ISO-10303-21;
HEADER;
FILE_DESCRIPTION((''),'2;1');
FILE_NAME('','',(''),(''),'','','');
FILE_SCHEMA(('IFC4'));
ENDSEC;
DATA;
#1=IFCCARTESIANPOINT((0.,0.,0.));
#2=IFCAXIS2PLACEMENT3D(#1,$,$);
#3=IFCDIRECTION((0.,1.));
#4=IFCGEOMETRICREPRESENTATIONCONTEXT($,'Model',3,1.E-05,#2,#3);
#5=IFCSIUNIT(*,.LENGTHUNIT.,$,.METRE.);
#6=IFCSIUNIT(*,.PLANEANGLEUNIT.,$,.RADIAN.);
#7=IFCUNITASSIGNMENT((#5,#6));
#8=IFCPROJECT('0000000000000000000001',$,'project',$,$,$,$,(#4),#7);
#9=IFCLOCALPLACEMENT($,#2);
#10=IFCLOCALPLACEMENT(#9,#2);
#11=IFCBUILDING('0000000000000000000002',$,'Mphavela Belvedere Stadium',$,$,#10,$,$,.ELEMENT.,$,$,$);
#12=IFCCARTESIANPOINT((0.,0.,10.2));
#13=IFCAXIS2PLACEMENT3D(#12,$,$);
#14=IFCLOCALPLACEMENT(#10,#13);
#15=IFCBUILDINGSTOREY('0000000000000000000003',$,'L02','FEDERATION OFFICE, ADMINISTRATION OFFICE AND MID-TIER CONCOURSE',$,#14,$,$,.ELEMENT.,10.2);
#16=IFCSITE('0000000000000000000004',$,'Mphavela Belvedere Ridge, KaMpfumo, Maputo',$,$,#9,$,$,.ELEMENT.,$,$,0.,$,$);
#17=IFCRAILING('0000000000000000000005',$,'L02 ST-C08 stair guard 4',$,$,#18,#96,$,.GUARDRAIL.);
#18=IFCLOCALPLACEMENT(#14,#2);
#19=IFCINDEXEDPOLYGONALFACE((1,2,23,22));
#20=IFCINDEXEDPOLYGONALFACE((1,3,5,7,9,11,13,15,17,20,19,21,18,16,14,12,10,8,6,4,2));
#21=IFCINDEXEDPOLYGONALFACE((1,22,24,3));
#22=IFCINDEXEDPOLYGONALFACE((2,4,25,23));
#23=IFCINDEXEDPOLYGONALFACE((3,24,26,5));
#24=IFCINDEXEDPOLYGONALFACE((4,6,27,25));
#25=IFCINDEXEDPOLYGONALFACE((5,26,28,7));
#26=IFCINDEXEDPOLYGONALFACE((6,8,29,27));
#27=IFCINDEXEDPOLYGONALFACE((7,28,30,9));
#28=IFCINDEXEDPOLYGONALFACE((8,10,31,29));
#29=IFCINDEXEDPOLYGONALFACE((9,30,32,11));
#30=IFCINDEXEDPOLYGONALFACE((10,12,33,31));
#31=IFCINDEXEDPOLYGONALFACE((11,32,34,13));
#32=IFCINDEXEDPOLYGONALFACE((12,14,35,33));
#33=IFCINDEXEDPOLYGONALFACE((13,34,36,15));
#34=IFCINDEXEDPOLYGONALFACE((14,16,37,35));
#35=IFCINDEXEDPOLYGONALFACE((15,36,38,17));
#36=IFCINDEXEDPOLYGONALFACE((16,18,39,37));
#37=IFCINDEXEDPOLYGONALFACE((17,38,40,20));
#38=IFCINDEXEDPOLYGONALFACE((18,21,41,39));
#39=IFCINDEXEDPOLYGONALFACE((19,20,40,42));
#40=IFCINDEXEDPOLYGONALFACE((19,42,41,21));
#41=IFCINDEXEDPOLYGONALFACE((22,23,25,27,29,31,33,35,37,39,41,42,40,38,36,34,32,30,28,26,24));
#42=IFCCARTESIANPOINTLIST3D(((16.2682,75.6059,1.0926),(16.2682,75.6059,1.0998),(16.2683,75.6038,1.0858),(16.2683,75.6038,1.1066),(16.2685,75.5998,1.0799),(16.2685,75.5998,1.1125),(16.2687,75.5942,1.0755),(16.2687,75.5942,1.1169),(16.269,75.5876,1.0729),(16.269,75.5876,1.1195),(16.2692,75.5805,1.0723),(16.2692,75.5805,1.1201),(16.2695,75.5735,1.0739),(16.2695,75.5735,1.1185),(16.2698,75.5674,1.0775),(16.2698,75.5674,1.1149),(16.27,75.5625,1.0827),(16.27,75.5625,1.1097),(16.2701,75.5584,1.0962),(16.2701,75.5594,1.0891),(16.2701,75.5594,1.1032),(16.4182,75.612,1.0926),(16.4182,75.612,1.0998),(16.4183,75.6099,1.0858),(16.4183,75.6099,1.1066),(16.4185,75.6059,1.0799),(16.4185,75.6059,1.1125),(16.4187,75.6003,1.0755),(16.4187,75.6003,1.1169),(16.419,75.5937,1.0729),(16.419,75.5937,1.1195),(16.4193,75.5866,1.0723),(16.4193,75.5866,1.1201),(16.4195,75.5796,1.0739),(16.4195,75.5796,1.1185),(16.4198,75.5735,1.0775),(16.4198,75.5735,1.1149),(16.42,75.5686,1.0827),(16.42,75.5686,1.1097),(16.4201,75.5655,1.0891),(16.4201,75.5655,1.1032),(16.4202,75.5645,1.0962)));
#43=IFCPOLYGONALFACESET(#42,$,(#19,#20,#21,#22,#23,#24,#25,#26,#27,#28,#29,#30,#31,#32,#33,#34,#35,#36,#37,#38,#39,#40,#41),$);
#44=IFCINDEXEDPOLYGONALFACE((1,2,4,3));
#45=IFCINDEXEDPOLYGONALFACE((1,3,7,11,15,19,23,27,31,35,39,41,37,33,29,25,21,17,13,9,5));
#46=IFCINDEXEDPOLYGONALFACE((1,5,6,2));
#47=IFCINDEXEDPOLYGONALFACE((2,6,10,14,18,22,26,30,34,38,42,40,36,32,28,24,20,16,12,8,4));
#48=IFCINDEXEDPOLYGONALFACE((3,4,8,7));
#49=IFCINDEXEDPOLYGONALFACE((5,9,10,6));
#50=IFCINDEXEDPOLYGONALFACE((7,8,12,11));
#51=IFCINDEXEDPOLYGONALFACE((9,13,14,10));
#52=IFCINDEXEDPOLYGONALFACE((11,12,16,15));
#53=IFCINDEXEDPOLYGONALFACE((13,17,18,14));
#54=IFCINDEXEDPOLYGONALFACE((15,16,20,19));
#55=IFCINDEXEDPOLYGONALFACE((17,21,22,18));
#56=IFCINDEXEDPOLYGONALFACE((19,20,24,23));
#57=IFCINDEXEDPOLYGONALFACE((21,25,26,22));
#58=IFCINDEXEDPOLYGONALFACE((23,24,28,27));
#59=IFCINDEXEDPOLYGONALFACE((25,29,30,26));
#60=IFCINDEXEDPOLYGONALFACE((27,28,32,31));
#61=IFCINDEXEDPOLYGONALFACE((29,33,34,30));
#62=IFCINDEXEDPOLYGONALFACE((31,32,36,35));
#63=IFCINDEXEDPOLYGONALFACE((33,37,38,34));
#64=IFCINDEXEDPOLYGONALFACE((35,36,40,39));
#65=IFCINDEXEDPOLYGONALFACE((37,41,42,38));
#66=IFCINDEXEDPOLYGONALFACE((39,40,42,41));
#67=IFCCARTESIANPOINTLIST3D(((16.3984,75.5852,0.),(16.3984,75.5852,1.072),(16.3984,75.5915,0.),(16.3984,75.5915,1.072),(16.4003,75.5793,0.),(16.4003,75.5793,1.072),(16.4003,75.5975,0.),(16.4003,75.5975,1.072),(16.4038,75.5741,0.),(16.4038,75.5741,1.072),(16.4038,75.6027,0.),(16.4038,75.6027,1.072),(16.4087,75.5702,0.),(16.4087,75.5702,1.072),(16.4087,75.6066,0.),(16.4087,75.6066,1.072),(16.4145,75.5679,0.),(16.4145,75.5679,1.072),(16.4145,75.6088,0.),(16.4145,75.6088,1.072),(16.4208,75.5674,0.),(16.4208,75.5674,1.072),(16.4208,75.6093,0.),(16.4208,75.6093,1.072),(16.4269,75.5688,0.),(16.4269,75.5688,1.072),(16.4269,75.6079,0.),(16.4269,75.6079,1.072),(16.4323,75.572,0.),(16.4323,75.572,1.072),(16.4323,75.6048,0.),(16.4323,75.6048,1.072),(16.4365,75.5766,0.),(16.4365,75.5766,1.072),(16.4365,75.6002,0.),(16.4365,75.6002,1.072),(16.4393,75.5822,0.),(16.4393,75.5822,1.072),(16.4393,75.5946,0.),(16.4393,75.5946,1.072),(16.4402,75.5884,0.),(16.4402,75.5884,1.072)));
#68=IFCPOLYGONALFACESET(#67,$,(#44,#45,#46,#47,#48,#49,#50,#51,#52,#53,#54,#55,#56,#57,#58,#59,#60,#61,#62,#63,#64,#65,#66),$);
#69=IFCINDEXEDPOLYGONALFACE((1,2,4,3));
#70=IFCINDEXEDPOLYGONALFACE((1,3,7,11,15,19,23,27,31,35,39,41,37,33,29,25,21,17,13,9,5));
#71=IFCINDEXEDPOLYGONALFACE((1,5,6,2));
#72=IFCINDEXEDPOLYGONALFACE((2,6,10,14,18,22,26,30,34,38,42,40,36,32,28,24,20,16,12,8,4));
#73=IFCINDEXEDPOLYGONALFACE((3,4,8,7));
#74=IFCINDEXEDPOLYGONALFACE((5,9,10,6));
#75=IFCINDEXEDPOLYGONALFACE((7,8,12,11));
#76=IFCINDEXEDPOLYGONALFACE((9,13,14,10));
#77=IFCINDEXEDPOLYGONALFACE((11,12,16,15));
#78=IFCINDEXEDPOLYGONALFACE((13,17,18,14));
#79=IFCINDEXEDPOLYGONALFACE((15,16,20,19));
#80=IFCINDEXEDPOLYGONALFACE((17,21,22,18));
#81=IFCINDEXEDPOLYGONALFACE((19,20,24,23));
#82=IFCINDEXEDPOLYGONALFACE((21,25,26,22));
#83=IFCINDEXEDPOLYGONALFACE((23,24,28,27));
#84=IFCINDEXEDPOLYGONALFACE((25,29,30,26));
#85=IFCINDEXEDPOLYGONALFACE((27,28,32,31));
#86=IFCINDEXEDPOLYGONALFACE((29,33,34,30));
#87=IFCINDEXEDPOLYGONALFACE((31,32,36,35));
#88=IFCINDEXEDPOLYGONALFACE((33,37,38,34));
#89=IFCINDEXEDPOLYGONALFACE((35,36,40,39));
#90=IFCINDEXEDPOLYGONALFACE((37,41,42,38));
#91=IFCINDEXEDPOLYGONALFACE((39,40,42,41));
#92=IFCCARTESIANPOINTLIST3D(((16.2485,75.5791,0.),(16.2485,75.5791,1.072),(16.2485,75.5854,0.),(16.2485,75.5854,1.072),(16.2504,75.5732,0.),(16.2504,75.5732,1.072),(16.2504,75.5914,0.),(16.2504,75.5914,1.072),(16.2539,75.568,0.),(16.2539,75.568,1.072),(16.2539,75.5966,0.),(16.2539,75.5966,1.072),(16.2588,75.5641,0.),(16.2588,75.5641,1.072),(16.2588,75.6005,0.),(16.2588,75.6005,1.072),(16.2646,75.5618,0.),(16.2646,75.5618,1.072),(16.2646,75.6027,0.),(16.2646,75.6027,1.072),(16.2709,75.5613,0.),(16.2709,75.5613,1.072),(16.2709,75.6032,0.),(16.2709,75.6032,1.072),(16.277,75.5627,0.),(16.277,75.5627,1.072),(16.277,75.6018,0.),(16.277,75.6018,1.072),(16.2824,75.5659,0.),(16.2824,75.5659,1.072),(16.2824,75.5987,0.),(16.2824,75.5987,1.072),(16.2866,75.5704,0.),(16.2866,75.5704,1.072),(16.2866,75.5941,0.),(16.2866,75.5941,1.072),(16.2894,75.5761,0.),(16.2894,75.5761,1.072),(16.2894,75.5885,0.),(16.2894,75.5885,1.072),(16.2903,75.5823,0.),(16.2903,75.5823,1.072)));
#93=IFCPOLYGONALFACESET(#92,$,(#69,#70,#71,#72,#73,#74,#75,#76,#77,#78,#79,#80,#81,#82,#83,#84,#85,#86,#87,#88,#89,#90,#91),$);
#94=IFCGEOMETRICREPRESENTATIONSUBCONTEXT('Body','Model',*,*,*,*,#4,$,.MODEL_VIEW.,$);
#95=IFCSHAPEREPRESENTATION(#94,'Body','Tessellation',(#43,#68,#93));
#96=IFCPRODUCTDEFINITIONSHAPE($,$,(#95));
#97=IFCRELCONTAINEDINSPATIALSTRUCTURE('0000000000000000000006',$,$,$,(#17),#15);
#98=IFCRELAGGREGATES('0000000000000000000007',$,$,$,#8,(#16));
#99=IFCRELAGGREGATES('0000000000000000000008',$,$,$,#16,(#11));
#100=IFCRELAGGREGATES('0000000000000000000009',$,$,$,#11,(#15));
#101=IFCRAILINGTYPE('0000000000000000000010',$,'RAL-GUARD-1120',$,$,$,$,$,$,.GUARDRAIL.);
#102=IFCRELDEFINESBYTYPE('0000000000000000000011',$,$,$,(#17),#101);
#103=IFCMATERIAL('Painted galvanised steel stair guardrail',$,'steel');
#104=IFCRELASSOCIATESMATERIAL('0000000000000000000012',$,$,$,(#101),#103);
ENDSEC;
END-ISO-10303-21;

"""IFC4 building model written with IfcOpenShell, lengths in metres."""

from ifc_helpers import new_model, si_unit, direction, frame, origin, origin_2d, place, context, subcontext, project, spatial, circle, extrude, material, type_object, element, save


model = new_model("IFC4")

# Units and contexts
model_context = context("Model", 3, precision=1e-05, world=origin(), true_north=direction((0.0, 1.0)))
body_context = subcontext(model_context, "Body", "Model", "MODEL_VIEW")
ifc_project = project(units=[si_unit("LENGTHUNIT", "METRE"), si_unit("PLANEANGLEUNIT", "RADIAN")], contexts=[model_context])

# Site, building, storey
site_placement = place(None, origin())
site = spatial("IfcSite", under=ifc_project, at=site_placement, Name="Mphavela Belvedere Ridge, KaMpfumo, Maputo", CompositionType="ELEMENT", RefElevation=0.0)
building_placement = place(site_placement, origin())
building = spatial("IfcBuilding", under=site, at=building_placement, Name="Mphavela Belvedere Stadium", CompositionType="ELEMENT")
storey_placement = place(building_placement, frame((0.0, 0.0, 10.2)))
storey = spatial("IfcBuildingStorey", under=building, at=storey_placement, Name="L02", Description="FEDERATION OFFICE, ADMINISTRATION OFFICE AND MID-TIER CONCOURSE", CompositionType="ELEMENT", Elevation=10.2)

# Railing
ifc_material_1 = material(Name="Painted galvanised steel stair guardrail", Category="steel")
railing_type_1 = type_object("IfcRailingType", Name="RAL-GUARD-1120", PredefinedType="GUARDRAIL", material=ifc_material_1)
railing_1_placement = place(storey_placement, frame((16.4192, 75.5884, 0.0)))
element("IfcRailing", 1, at=railing_1_placement, inside=storey, type_object=railing_type_1, Name="L02 ST-C08 stair guard 4", PredefinedType="GUARDRAIL", context=body_context, shape_type="SweptSolid", body=[
    extrude(circle(Radius=0.0239, at=origin_2d()), frame((0.0, 0.0, 1.0962), z_axis=(-0.999172, -0.040683, 0.0), x_axis=(0.040683, -0.999172, 0.0)), (0.0, 0.0, 1.0), 0.1501),
    extrude(circle(Radius=0.021, at=origin_2d()), origin(), (0.0, 0.0, 1.0), 1.072),
    extrude(circle(Radius=0.021, at=origin_2d()), frame((-0.1499, -0.0061, 0.0)), (0.0, 0.0, 1.0), 1.072),
])

save(model, "model.ifc")
